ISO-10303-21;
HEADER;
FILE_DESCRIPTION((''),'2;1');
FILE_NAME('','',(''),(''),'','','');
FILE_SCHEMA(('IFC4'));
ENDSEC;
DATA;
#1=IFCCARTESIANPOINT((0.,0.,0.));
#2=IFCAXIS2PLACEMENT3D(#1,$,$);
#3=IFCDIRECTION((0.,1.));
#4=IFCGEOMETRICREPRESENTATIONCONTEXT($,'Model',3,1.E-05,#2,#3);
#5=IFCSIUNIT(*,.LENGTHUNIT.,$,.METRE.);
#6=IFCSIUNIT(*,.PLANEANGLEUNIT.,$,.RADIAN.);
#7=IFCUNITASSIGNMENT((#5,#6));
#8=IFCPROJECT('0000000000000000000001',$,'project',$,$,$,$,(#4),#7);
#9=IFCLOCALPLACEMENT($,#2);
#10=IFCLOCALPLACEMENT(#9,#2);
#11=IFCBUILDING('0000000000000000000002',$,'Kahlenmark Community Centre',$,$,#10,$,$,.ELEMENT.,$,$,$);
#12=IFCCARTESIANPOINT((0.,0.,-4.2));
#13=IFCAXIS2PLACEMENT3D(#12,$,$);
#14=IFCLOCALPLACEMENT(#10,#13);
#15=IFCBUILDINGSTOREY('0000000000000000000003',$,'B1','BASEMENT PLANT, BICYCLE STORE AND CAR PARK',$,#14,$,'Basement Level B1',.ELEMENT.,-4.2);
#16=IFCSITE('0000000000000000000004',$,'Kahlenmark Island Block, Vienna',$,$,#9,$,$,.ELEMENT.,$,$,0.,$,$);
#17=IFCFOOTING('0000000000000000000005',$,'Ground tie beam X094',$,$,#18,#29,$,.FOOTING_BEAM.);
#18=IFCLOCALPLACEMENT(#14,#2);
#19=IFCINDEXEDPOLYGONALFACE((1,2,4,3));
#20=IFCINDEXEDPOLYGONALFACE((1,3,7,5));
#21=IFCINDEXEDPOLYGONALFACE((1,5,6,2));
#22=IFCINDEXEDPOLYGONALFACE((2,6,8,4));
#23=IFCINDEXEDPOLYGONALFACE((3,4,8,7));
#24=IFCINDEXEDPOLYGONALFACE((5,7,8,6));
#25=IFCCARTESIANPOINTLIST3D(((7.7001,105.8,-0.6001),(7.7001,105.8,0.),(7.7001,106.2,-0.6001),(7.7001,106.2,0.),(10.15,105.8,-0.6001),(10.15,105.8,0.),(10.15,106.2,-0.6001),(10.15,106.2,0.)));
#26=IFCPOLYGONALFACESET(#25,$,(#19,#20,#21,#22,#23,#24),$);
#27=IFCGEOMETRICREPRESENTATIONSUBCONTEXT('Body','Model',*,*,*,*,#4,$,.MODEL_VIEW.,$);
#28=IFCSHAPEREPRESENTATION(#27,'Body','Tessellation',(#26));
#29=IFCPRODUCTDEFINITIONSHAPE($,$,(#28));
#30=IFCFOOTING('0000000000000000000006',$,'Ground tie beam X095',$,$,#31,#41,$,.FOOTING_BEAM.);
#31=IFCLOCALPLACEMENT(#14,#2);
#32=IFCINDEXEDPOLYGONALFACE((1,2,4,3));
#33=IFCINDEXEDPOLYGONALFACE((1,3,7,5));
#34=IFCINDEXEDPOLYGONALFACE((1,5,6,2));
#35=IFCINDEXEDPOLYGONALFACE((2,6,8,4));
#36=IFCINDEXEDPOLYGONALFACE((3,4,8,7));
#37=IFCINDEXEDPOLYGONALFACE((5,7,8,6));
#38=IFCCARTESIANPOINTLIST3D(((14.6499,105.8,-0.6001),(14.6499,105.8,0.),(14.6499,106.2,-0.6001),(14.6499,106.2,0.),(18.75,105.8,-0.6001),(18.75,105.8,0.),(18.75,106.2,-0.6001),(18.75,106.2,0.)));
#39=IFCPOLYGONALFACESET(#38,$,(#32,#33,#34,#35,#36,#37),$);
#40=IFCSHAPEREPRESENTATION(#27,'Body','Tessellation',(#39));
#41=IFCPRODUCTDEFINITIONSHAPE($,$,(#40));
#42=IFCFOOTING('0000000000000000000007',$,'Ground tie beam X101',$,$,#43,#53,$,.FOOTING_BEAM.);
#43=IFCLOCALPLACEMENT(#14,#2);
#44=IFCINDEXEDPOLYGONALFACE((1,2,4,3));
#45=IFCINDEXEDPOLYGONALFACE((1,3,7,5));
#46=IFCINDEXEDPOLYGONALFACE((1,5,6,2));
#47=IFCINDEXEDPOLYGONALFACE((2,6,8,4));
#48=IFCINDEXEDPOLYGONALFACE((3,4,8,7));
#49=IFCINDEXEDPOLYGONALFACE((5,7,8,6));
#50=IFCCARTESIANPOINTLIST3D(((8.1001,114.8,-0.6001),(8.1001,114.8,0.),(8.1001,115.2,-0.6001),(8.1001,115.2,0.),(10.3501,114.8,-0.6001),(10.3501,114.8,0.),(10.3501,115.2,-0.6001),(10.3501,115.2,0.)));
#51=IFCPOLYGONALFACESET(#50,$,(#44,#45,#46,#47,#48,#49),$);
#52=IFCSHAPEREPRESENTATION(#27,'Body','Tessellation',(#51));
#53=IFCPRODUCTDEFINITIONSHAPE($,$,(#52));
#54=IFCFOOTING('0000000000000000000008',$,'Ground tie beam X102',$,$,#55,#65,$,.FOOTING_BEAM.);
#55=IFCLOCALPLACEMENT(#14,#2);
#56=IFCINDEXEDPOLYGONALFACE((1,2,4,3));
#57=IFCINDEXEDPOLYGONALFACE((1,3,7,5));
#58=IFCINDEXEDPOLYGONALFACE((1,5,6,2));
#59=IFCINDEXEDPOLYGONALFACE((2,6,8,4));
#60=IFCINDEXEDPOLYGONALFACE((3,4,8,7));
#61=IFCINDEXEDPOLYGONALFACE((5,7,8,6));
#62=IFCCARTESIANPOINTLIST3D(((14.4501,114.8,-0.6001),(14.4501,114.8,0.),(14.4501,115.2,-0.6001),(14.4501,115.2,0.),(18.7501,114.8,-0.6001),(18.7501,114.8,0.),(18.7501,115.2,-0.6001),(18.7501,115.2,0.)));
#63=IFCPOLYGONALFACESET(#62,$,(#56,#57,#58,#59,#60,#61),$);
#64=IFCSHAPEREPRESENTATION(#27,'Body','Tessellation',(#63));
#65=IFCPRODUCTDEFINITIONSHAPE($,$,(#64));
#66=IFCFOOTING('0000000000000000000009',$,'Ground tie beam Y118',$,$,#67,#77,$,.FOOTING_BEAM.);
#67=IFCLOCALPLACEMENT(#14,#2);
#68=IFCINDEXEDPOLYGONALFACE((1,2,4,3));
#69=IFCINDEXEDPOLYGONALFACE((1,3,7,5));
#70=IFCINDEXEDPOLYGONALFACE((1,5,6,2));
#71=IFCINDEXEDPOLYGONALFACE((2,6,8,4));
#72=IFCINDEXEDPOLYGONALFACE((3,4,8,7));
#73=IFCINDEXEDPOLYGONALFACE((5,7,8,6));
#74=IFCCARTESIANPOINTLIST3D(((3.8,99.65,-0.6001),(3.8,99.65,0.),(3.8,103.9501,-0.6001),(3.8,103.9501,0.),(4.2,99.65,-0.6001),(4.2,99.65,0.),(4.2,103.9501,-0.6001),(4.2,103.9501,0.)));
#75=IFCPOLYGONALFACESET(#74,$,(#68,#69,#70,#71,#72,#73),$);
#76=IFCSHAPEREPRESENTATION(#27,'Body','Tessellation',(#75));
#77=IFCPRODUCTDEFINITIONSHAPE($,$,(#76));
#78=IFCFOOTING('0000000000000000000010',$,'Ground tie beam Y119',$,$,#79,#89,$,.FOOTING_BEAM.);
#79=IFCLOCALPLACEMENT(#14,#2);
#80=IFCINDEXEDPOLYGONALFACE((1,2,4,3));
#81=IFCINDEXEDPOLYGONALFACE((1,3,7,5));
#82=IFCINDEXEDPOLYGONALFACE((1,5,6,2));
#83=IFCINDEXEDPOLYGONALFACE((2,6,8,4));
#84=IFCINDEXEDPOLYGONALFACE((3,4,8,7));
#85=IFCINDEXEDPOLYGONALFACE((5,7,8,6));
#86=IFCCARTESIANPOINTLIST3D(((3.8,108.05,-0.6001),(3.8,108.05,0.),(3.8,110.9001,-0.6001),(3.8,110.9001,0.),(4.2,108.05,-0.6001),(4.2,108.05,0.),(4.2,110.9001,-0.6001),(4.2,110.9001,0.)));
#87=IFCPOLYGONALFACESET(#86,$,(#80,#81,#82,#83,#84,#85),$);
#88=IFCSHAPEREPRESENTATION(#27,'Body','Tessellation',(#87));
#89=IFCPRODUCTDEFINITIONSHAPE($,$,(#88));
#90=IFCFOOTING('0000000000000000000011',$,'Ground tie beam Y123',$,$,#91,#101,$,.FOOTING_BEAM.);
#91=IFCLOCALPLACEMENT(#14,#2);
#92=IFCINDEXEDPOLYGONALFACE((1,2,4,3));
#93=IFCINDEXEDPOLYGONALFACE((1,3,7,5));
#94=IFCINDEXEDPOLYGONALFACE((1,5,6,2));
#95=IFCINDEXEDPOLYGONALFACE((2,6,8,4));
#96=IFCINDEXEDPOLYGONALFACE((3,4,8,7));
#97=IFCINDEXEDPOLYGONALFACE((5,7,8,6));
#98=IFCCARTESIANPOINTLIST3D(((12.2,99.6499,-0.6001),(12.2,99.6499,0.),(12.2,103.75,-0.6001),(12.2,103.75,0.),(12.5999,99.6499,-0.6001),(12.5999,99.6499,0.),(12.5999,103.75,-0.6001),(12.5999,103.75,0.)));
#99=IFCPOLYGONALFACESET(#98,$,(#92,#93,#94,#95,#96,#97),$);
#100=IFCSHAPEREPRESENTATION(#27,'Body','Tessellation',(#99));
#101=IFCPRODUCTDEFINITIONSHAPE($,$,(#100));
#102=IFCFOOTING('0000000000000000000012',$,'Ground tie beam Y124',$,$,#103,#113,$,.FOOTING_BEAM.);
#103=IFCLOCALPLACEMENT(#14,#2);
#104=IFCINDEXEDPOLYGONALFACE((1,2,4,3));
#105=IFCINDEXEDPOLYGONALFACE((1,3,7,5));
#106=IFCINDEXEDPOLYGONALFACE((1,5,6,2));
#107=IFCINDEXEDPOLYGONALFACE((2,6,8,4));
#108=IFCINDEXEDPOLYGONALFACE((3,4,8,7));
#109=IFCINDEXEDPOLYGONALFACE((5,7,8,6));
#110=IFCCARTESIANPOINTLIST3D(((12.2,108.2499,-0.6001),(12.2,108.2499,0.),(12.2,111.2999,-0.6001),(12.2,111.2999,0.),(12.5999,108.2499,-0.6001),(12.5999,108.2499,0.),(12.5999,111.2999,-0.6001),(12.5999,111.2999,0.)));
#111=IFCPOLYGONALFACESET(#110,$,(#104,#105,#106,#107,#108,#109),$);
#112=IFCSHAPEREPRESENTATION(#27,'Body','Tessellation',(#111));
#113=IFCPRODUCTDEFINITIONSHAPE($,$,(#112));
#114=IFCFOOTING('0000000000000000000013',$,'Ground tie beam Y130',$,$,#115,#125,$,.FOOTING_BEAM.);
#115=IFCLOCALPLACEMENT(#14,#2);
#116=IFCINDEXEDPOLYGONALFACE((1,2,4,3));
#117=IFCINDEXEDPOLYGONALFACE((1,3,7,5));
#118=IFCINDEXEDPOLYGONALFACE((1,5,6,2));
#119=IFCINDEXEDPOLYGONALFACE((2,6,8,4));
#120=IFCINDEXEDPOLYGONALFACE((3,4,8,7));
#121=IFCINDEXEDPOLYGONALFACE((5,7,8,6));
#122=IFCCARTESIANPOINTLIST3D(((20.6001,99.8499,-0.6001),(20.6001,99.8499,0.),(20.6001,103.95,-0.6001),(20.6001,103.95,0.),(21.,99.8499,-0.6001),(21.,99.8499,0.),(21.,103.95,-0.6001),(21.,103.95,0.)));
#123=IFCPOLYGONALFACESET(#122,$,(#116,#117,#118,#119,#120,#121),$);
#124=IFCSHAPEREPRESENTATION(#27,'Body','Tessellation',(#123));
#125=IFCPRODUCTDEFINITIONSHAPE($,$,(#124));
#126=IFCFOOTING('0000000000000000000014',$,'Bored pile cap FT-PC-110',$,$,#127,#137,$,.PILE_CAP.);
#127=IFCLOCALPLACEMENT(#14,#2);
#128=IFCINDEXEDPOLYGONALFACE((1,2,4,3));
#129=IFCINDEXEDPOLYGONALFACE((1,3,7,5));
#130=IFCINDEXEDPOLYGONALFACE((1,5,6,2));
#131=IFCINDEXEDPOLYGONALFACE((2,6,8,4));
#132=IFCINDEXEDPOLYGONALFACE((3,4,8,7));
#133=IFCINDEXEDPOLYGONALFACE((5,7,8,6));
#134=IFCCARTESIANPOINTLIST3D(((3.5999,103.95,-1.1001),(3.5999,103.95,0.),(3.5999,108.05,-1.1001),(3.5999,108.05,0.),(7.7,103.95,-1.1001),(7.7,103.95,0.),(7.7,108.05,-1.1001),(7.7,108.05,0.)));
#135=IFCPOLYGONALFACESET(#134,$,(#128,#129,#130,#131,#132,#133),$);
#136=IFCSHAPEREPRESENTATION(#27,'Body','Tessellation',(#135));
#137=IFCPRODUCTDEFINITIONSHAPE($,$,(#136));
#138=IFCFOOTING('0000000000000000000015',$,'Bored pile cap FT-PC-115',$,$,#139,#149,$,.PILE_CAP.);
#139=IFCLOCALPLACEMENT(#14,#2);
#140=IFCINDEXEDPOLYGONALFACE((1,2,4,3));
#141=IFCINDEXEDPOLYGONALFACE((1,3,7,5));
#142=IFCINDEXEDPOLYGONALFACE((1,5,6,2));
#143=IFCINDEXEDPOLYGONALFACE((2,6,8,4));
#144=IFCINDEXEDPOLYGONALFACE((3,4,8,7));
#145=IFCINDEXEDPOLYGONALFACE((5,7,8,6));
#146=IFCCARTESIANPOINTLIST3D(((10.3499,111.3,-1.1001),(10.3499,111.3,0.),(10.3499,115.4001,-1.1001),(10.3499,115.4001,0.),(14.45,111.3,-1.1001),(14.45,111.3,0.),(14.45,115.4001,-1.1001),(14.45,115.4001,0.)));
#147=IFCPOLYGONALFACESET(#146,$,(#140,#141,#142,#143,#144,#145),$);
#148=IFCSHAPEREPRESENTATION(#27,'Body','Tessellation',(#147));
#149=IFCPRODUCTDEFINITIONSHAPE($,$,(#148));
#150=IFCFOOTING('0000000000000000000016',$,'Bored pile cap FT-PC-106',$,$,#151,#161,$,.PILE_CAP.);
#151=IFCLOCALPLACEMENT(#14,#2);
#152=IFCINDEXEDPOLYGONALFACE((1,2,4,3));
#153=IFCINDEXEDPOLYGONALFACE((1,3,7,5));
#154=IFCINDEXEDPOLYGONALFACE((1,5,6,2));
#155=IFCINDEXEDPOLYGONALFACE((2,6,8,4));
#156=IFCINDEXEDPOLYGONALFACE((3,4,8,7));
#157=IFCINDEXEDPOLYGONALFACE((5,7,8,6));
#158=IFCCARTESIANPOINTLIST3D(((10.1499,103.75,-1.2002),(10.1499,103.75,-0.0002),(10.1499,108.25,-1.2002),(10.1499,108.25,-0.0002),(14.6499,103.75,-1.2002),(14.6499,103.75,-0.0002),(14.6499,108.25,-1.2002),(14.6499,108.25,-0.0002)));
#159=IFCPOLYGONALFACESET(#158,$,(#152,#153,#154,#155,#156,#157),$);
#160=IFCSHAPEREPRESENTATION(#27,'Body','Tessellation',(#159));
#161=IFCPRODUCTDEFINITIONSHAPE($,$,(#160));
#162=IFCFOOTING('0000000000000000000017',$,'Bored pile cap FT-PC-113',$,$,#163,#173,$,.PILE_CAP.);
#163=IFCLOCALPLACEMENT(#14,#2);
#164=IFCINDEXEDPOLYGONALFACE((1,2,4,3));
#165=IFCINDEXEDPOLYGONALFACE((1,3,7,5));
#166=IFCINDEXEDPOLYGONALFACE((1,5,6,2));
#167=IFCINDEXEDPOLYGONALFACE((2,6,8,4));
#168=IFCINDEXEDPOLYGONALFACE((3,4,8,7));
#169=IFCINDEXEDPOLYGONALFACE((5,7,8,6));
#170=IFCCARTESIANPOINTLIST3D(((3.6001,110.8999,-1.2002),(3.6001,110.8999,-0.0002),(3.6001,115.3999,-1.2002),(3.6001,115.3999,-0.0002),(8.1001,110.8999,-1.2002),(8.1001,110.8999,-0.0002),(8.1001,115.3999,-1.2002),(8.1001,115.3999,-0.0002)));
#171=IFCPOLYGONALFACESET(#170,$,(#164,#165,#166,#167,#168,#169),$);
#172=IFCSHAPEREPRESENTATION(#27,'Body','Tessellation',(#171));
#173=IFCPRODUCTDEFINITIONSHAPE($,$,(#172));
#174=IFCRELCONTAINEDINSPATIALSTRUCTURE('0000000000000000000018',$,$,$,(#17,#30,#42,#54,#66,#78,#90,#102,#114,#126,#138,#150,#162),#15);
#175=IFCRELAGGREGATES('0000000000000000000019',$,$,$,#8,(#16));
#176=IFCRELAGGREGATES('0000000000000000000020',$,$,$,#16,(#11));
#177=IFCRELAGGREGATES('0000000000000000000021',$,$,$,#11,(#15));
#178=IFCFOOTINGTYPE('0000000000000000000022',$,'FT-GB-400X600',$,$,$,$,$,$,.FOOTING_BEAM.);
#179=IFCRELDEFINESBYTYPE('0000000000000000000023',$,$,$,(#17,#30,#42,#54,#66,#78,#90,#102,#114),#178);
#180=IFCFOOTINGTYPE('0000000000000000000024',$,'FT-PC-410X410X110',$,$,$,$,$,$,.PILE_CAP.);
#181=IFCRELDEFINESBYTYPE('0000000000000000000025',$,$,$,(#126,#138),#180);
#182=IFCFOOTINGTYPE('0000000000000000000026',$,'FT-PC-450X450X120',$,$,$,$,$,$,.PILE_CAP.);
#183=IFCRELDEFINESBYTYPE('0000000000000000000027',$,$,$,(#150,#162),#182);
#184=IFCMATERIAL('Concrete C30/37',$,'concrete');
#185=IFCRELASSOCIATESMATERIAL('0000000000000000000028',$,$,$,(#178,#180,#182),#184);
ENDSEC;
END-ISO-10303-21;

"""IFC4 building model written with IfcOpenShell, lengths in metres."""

from ifc_helpers import new_model, si_unit, direction, frame, origin, origin_2d, place, context, subcontext, project, spatial, rectangle, extrude, material, type_object, element, save


model = new_model("IFC4")

# Units and contexts
model_context = context("Model", 3, precision=1e-05, world=origin(), true_north=direction((0.0, 1.0)))
body_context = subcontext(model_context, "Body", "Model", "MODEL_VIEW")
ifc_project = project(units=[si_unit("LENGTHUNIT", "METRE"), si_unit("PLANEANGLEUNIT", "RADIAN")], contexts=[model_context])

# Site, building, storey
site_placement = place(None, origin())
site = spatial("IfcSite", under=ifc_project, at=site_placement, Name="Kahlenmark Island Block, Vienna", CompositionType="ELEMENT", RefElevation=0.0)
building_placement = place(site_placement, origin())
building = spatial("IfcBuilding", under=site, at=building_placement, Name="Kahlenmark Community Centre", CompositionType="ELEMENT")
storey_placement = place(building_placement, frame((0.0, 0.0, -4.2)))
storey = spatial("IfcBuildingStorey", under=building, at=storey_placement, Name="B1", Description="BASEMENT PLANT, BICYCLE STORE AND CAR PARK", LongName="Basement Level B1", CompositionType="ELEMENT", Elevation=-4.2)

# Footings
ifc_material_1 = material(Name="Concrete C30/37", Category="concrete")
footing_type_1 = type_object("IfcFootingType", Name="FT-GB-400X600", PredefinedType="FOOTING_BEAM", material=ifc_material_1)
footing_1_placement = place(storey_placement, frame((8.925, 106.0, -0.6001), z_axis=(0.0, 0.0, 1.0), x_axis=(1.0, 0.0, 0.0)))
element("IfcFooting", 1, at=footing_1_placement, inside=storey, type_object=footing_type_1, Name="Ground tie beam X094", PredefinedType="FOOTING_BEAM", context=body_context, shape_type="SweptSolid", body=[
    extrude(rectangle(XDim=2.45, YDim=0.3999, at=origin_2d()), origin(), (0.0, 0.0, 1.0), 0.6001),
])
footing_2_placement = place(storey_placement, frame((16.7, 106.0, -0.6001), z_axis=(0.0, 0.0, 1.0), x_axis=(1.0, 0.0, 0.0)))
element("IfcFooting", 2, at=footing_2_placement, inside=storey, type_object=footing_type_1, Name="Ground tie beam X095", PredefinedType="FOOTING_BEAM", context=body_context, shape_type="SweptSolid", body=[
    extrude(rectangle(XDim=4.1001, YDim=0.3999, at=origin_2d()), origin(), (0.0, 0.0, 1.0), 0.6001),
])
footing_3_placement = place(storey_placement, frame((9.2251, 115.0, -0.6001), z_axis=(0.0, 0.0, 1.0), x_axis=(1.0, 0.0, 0.0)))
element("IfcFooting", 3, at=footing_3_placement, inside=storey, type_object=footing_type_1, Name="Ground tie beam X101", PredefinedType="FOOTING_BEAM", context=body_context, shape_type="SweptSolid", body=[
    extrude(rectangle(XDim=2.25, YDim=0.3999, at=origin_2d()), origin(), (0.0, 0.0, 1.0), 0.6001),
])
footing_4_placement = place(storey_placement, frame((16.6001, 115.0, -0.6001), z_axis=(0.0, 0.0, 1.0), x_axis=(1.0, 0.0, 0.0)))
element("IfcFooting", 4, at=footing_4_placement, inside=storey, type_object=footing_type_1, Name="Ground tie beam X102", PredefinedType="FOOTING_BEAM", context=body_context, shape_type="SweptSolid", body=[
    extrude(rectangle(XDim=4.3, YDim=0.3999, at=origin_2d()), origin(), (0.0, 0.0, 1.0), 0.6001),
])
footing_5_placement = place(storey_placement, frame((4.0, 101.8, -0.6001), z_axis=(0.0, 0.0, 1.0), x_axis=(1.0, 0.0, 0.0)))
element("IfcFooting", 5, at=footing_5_placement, inside=storey, type_object=footing_type_1, Name="Ground tie beam Y118", PredefinedType="FOOTING_BEAM", context=body_context, shape_type="SweptSolid", body=[
    extrude(rectangle(XDim=0.3999, YDim=4.3, at=origin_2d()), origin(), (0.0, 0.0, 1.0), 0.6001),
])
footing_6_placement = place(storey_placement, frame((4.0, 109.4751, -0.6001), z_axis=(0.0, 0.0, 1.0), x_axis=(1.0, 0.0, 0.0)))
element("IfcFooting", 6, at=footing_6_placement, inside=storey, type_object=footing_type_1, Name="Ground tie beam Y119", PredefinedType="FOOTING_BEAM", context=body_context, shape_type="SweptSolid", body=[
    extrude(rectangle(XDim=0.3999, YDim=2.8501, at=origin_2d()), origin(), (0.0, 0.0, 1.0), 0.6001),
])
footing_7_placement = place(storey_placement, frame((12.3999, 101.7, -0.6001), z_axis=(0.0, 0.0, 1.0), x_axis=(1.0, 0.0, 0.0)))
element("IfcFooting", 7, at=footing_7_placement, inside=storey, type_object=footing_type_1, Name="Ground tie beam Y123", PredefinedType="FOOTING_BEAM", context=body_context, shape_type="SweptSolid", body=[
    extrude(rectangle(XDim=0.3999, YDim=4.1001, at=origin_2d()), origin(), (0.0, 0.0, 1.0), 0.6001),
])
footing_8_placement = place(storey_placement, frame((12.3999, 109.7749, -0.6001), z_axis=(0.0, 0.0, 1.0), x_axis=(1.0, 0.0, 0.0)))
element("IfcFooting", 8, at=footing_8_placement, inside=storey, type_object=footing_type_1, Name="Ground tie beam Y124", PredefinedType="FOOTING_BEAM", context=body_context, shape_type="SweptSolid", body=[
    extrude(rectangle(XDim=0.3999, YDim=3.05, at=origin_2d()), origin(), (0.0, 0.0, 1.0), 0.6001),
])
footing_9_placement = place(storey_placement, frame((20.8, 101.8999, -0.6001), z_axis=(0.0, 0.0, 1.0), x_axis=(1.0, 0.0, 0.0)))
element("IfcFooting", 9, at=footing_9_placement, inside=storey, type_object=footing_type_1, Name="Ground tie beam Y130", PredefinedType="FOOTING_BEAM", context=body_context, shape_type="SweptSolid", body=[
    extrude(rectangle(XDim=0.3999, YDim=4.1001, at=origin_2d()), origin(), (0.0, 0.0, 1.0), 0.6001),
])
footing_type_2 = type_object("IfcFootingType", Name="FT-PC-410X410X110", PredefinedType="PILE_CAP", material=ifc_material_1)
for number, where, z_axis, x_axis, name in (
    (10, (5.6499, 106.0, -1.1001), (0.0, 0.0, 1.0), (1.0, 0.0, 0.0), "Bored pile cap FT-PC-110"),
    (11, (12.3999, 113.3501, -1.1001), (0.0, 0.0, 1.0), (1.0, 0.0, 0.0), "Bored pile cap FT-PC-115"),
):
    element("IfcFooting", number, at=place(storey_placement, frame(where, z_axis=z_axis, x_axis=x_axis)), inside=storey, type_object=footing_type_2, Name=name, PredefinedType="PILE_CAP", context=body_context, shape_type="SweptSolid", body=[
        extrude(rectangle(XDim=4.1001, YDim=4.1001, at=origin_2d()), origin(), (0.0, 0.0, 1.0), 1.1001),
    ])
footing_type_3 = type_object("IfcFootingType", Name="FT-PC-450X450X120", PredefinedType="PILE_CAP", material=ifc_material_1)
for number, where, z_axis, x_axis, name in (
    (12, (12.3999, 106.0, -1.2002), (0.0, 0.0, 1.0), (1.0, 0.0, 0.0), "Bored pile cap FT-PC-106"),
    (13, (5.8501, 113.1499, -1.2002), (0.0, 0.0, 1.0), (1.0, 0.0, 0.0), "Bored pile cap FT-PC-113"),
):
    element("IfcFooting", number, at=place(storey_placement, frame(where, z_axis=z_axis, x_axis=x_axis)), inside=storey, type_object=footing_type_3, Name=name, PredefinedType="PILE_CAP", context=body_context, shape_type="SweptSolid", body=[
        extrude(rectangle(XDim=4.5, YDim=4.5, at=origin_2d()), origin(), (0.0, 0.0, 1.0), 1.2),
    ])

save(model, "model.ifc")
